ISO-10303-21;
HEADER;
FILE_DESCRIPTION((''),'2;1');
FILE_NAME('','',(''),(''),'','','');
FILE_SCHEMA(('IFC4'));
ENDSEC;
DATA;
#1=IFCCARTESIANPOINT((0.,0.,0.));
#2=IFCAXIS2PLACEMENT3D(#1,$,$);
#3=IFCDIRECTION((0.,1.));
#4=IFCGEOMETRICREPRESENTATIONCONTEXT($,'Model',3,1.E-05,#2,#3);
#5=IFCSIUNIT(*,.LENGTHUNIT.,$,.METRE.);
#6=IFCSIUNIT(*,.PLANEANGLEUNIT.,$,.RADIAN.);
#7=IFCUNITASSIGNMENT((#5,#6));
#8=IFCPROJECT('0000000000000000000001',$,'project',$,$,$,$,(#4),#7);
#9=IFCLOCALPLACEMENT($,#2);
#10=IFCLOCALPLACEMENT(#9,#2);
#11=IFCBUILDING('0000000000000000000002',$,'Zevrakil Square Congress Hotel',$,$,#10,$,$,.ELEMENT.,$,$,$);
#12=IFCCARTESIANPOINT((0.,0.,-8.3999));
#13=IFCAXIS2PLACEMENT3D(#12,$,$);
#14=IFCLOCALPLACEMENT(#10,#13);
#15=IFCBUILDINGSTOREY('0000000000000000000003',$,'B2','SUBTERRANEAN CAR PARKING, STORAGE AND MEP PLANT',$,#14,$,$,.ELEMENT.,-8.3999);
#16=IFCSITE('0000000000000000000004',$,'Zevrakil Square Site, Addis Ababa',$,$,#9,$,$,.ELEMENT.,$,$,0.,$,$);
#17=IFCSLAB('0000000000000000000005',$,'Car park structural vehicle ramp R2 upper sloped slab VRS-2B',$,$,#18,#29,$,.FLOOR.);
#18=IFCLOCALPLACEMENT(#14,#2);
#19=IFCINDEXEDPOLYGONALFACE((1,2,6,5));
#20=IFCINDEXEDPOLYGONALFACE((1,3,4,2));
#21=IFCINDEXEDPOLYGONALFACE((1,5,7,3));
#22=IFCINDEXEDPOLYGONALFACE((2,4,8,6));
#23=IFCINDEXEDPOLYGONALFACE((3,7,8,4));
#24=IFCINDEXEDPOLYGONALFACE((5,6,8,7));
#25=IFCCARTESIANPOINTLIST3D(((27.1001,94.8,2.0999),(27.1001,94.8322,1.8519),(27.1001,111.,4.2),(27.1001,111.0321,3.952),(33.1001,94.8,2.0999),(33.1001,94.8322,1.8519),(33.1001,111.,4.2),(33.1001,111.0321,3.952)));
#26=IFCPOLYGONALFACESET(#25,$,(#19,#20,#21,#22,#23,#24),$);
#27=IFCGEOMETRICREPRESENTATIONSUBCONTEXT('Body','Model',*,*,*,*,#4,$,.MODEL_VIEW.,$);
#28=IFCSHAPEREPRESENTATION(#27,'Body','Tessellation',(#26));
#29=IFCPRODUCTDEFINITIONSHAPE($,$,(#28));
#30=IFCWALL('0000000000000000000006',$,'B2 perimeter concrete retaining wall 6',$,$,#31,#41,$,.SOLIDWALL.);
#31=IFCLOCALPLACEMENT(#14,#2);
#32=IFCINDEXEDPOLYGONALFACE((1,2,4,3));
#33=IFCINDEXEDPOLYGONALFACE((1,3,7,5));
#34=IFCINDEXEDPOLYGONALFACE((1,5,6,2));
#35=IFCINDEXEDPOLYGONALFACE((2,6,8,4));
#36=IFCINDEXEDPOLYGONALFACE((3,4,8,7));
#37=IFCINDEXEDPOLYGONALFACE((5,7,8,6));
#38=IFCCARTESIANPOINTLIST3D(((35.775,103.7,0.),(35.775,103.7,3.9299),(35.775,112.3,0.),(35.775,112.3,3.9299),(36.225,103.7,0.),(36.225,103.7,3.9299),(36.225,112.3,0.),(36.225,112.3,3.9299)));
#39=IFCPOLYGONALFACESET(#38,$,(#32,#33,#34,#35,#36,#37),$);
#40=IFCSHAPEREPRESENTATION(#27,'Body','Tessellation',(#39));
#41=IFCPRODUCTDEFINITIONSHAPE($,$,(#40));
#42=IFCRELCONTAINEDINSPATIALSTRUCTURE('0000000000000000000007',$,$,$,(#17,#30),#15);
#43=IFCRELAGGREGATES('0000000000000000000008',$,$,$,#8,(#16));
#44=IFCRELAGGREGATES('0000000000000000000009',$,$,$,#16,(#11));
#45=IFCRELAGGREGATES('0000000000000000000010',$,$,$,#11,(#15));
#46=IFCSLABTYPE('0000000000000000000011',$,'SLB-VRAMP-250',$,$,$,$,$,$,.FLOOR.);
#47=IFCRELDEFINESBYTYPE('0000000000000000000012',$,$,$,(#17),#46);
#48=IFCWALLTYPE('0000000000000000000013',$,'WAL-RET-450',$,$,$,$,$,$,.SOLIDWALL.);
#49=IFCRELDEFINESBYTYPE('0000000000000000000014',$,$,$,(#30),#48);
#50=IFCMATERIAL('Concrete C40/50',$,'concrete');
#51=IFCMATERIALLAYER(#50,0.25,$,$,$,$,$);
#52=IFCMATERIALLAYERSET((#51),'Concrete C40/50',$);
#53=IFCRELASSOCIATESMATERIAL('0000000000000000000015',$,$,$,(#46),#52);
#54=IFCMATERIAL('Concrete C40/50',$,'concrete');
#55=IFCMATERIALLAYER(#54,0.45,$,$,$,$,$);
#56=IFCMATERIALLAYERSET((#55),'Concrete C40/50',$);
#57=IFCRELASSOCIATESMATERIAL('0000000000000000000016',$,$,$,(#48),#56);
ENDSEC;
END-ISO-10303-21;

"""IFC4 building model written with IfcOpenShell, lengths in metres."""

from ifc_helpers import new_model, si_unit, direction, frame, frame_2d, origin, place, context, subcontext, project, spatial, polyline, rectangle, outline, extrude, material, layer, layer_set, type_object, element, save


model = new_model("IFC4")

# Units and contexts
model_context = context("Model", 3, precision=1e-05, world=origin(), true_north=direction((0.0, 1.0)))
body_context = subcontext(model_context, "Body", "Model", "MODEL_VIEW")
ifc_project = project(units=[si_unit("LENGTHUNIT", "METRE"), si_unit("PLANEANGLEUNIT", "RADIAN")], contexts=[model_context])

# Site, building, storey
site_placement = place(None, origin())
site = spatial("IfcSite", under=ifc_project, at=site_placement, Name="Zevrakil Square Site, Addis Ababa", CompositionType="ELEMENT", RefElevation=0.0)
building_placement = place(site_placement, origin())
building = spatial("IfcBuilding", under=site, at=building_placement, Name="Zevrakil Square Congress Hotel", CompositionType="ELEMENT")
storey_placement = place(building_placement, frame((0.0, 0.0, -8.3999)))
storey = spatial("IfcBuildingStorey", under=building, at=storey_placement, Name="B2", Description="SUBTERRANEAN CAR PARKING, STORAGE AND MEP PLANT", CompositionType="ELEMENT", Elevation=-8.3999)

# Slab
ifc_material_1 = material(Name="Concrete C40/50", Category="concrete")
ifc_layer_1 = layer(ifc_material_1, 0.25)
ifc_layer_set_1 = layer_set([ifc_layer_1], Name="Concrete C40/50")
slab_type = type_object("IfcSlabType", Name="SLB-VRAMP-250", PredefinedType="FLOOR", material=ifc_layer_set_1)
slab_placement = place(storey_placement, frame((27.1001, 94.8, 2.0999), z_axis=(0.0, -0.12856, 0.991702), x_axis=(1.0, 0.0, 0.0)))
element("IfcSlab", 1, at=slab_placement, inside=storey, type_object=slab_type, Name="Car park structural vehicle ramp R2 upper sloped slab VRS-2B", PredefinedType="FLOOR", context=body_context, shape_type="SweptSolid", body=[
    extrude(outline(polyline([(0.0, 0.0), (6.0, 0.0), (6.0, 16.3355), (0.0, 16.3355), (0.0, 0.0)])), origin(), (0.0, 0.0, -1.0), 0.25),
])

# Wall
ifc_material_2 = material(Name="Concrete C40/50", Category="concrete")
ifc_layer_2 = layer(ifc_material_2, 0.45)
ifc_layer_set_2 = layer_set([ifc_layer_2], Name="Concrete C40/50")
wall_type = type_object("IfcWallType", Name="WAL-RET-450", PredefinedType="SOLIDWALL", material=ifc_layer_set_2)
wall_placement = place(storey_placement, frame((36.0, 103.7, 0.0), z_axis=(0.0, 0.0, 1.0), x_axis=(0.0, 1.0, 0.0)))
element("IfcWall", 2, at=wall_placement, inside=storey, type_object=wall_type, Name="B2 perimeter concrete retaining wall 6", PredefinedType="SOLIDWALL", context=body_context, shape_type="SweptSolid", body=[
    extrude(rectangle(XDim=8.6001, YDim=0.45, at=frame_2d((4.3, 0.0))), origin(), (0.0, 0.0, 1.0), 3.9299),
])

save(model, "model.ifc")
